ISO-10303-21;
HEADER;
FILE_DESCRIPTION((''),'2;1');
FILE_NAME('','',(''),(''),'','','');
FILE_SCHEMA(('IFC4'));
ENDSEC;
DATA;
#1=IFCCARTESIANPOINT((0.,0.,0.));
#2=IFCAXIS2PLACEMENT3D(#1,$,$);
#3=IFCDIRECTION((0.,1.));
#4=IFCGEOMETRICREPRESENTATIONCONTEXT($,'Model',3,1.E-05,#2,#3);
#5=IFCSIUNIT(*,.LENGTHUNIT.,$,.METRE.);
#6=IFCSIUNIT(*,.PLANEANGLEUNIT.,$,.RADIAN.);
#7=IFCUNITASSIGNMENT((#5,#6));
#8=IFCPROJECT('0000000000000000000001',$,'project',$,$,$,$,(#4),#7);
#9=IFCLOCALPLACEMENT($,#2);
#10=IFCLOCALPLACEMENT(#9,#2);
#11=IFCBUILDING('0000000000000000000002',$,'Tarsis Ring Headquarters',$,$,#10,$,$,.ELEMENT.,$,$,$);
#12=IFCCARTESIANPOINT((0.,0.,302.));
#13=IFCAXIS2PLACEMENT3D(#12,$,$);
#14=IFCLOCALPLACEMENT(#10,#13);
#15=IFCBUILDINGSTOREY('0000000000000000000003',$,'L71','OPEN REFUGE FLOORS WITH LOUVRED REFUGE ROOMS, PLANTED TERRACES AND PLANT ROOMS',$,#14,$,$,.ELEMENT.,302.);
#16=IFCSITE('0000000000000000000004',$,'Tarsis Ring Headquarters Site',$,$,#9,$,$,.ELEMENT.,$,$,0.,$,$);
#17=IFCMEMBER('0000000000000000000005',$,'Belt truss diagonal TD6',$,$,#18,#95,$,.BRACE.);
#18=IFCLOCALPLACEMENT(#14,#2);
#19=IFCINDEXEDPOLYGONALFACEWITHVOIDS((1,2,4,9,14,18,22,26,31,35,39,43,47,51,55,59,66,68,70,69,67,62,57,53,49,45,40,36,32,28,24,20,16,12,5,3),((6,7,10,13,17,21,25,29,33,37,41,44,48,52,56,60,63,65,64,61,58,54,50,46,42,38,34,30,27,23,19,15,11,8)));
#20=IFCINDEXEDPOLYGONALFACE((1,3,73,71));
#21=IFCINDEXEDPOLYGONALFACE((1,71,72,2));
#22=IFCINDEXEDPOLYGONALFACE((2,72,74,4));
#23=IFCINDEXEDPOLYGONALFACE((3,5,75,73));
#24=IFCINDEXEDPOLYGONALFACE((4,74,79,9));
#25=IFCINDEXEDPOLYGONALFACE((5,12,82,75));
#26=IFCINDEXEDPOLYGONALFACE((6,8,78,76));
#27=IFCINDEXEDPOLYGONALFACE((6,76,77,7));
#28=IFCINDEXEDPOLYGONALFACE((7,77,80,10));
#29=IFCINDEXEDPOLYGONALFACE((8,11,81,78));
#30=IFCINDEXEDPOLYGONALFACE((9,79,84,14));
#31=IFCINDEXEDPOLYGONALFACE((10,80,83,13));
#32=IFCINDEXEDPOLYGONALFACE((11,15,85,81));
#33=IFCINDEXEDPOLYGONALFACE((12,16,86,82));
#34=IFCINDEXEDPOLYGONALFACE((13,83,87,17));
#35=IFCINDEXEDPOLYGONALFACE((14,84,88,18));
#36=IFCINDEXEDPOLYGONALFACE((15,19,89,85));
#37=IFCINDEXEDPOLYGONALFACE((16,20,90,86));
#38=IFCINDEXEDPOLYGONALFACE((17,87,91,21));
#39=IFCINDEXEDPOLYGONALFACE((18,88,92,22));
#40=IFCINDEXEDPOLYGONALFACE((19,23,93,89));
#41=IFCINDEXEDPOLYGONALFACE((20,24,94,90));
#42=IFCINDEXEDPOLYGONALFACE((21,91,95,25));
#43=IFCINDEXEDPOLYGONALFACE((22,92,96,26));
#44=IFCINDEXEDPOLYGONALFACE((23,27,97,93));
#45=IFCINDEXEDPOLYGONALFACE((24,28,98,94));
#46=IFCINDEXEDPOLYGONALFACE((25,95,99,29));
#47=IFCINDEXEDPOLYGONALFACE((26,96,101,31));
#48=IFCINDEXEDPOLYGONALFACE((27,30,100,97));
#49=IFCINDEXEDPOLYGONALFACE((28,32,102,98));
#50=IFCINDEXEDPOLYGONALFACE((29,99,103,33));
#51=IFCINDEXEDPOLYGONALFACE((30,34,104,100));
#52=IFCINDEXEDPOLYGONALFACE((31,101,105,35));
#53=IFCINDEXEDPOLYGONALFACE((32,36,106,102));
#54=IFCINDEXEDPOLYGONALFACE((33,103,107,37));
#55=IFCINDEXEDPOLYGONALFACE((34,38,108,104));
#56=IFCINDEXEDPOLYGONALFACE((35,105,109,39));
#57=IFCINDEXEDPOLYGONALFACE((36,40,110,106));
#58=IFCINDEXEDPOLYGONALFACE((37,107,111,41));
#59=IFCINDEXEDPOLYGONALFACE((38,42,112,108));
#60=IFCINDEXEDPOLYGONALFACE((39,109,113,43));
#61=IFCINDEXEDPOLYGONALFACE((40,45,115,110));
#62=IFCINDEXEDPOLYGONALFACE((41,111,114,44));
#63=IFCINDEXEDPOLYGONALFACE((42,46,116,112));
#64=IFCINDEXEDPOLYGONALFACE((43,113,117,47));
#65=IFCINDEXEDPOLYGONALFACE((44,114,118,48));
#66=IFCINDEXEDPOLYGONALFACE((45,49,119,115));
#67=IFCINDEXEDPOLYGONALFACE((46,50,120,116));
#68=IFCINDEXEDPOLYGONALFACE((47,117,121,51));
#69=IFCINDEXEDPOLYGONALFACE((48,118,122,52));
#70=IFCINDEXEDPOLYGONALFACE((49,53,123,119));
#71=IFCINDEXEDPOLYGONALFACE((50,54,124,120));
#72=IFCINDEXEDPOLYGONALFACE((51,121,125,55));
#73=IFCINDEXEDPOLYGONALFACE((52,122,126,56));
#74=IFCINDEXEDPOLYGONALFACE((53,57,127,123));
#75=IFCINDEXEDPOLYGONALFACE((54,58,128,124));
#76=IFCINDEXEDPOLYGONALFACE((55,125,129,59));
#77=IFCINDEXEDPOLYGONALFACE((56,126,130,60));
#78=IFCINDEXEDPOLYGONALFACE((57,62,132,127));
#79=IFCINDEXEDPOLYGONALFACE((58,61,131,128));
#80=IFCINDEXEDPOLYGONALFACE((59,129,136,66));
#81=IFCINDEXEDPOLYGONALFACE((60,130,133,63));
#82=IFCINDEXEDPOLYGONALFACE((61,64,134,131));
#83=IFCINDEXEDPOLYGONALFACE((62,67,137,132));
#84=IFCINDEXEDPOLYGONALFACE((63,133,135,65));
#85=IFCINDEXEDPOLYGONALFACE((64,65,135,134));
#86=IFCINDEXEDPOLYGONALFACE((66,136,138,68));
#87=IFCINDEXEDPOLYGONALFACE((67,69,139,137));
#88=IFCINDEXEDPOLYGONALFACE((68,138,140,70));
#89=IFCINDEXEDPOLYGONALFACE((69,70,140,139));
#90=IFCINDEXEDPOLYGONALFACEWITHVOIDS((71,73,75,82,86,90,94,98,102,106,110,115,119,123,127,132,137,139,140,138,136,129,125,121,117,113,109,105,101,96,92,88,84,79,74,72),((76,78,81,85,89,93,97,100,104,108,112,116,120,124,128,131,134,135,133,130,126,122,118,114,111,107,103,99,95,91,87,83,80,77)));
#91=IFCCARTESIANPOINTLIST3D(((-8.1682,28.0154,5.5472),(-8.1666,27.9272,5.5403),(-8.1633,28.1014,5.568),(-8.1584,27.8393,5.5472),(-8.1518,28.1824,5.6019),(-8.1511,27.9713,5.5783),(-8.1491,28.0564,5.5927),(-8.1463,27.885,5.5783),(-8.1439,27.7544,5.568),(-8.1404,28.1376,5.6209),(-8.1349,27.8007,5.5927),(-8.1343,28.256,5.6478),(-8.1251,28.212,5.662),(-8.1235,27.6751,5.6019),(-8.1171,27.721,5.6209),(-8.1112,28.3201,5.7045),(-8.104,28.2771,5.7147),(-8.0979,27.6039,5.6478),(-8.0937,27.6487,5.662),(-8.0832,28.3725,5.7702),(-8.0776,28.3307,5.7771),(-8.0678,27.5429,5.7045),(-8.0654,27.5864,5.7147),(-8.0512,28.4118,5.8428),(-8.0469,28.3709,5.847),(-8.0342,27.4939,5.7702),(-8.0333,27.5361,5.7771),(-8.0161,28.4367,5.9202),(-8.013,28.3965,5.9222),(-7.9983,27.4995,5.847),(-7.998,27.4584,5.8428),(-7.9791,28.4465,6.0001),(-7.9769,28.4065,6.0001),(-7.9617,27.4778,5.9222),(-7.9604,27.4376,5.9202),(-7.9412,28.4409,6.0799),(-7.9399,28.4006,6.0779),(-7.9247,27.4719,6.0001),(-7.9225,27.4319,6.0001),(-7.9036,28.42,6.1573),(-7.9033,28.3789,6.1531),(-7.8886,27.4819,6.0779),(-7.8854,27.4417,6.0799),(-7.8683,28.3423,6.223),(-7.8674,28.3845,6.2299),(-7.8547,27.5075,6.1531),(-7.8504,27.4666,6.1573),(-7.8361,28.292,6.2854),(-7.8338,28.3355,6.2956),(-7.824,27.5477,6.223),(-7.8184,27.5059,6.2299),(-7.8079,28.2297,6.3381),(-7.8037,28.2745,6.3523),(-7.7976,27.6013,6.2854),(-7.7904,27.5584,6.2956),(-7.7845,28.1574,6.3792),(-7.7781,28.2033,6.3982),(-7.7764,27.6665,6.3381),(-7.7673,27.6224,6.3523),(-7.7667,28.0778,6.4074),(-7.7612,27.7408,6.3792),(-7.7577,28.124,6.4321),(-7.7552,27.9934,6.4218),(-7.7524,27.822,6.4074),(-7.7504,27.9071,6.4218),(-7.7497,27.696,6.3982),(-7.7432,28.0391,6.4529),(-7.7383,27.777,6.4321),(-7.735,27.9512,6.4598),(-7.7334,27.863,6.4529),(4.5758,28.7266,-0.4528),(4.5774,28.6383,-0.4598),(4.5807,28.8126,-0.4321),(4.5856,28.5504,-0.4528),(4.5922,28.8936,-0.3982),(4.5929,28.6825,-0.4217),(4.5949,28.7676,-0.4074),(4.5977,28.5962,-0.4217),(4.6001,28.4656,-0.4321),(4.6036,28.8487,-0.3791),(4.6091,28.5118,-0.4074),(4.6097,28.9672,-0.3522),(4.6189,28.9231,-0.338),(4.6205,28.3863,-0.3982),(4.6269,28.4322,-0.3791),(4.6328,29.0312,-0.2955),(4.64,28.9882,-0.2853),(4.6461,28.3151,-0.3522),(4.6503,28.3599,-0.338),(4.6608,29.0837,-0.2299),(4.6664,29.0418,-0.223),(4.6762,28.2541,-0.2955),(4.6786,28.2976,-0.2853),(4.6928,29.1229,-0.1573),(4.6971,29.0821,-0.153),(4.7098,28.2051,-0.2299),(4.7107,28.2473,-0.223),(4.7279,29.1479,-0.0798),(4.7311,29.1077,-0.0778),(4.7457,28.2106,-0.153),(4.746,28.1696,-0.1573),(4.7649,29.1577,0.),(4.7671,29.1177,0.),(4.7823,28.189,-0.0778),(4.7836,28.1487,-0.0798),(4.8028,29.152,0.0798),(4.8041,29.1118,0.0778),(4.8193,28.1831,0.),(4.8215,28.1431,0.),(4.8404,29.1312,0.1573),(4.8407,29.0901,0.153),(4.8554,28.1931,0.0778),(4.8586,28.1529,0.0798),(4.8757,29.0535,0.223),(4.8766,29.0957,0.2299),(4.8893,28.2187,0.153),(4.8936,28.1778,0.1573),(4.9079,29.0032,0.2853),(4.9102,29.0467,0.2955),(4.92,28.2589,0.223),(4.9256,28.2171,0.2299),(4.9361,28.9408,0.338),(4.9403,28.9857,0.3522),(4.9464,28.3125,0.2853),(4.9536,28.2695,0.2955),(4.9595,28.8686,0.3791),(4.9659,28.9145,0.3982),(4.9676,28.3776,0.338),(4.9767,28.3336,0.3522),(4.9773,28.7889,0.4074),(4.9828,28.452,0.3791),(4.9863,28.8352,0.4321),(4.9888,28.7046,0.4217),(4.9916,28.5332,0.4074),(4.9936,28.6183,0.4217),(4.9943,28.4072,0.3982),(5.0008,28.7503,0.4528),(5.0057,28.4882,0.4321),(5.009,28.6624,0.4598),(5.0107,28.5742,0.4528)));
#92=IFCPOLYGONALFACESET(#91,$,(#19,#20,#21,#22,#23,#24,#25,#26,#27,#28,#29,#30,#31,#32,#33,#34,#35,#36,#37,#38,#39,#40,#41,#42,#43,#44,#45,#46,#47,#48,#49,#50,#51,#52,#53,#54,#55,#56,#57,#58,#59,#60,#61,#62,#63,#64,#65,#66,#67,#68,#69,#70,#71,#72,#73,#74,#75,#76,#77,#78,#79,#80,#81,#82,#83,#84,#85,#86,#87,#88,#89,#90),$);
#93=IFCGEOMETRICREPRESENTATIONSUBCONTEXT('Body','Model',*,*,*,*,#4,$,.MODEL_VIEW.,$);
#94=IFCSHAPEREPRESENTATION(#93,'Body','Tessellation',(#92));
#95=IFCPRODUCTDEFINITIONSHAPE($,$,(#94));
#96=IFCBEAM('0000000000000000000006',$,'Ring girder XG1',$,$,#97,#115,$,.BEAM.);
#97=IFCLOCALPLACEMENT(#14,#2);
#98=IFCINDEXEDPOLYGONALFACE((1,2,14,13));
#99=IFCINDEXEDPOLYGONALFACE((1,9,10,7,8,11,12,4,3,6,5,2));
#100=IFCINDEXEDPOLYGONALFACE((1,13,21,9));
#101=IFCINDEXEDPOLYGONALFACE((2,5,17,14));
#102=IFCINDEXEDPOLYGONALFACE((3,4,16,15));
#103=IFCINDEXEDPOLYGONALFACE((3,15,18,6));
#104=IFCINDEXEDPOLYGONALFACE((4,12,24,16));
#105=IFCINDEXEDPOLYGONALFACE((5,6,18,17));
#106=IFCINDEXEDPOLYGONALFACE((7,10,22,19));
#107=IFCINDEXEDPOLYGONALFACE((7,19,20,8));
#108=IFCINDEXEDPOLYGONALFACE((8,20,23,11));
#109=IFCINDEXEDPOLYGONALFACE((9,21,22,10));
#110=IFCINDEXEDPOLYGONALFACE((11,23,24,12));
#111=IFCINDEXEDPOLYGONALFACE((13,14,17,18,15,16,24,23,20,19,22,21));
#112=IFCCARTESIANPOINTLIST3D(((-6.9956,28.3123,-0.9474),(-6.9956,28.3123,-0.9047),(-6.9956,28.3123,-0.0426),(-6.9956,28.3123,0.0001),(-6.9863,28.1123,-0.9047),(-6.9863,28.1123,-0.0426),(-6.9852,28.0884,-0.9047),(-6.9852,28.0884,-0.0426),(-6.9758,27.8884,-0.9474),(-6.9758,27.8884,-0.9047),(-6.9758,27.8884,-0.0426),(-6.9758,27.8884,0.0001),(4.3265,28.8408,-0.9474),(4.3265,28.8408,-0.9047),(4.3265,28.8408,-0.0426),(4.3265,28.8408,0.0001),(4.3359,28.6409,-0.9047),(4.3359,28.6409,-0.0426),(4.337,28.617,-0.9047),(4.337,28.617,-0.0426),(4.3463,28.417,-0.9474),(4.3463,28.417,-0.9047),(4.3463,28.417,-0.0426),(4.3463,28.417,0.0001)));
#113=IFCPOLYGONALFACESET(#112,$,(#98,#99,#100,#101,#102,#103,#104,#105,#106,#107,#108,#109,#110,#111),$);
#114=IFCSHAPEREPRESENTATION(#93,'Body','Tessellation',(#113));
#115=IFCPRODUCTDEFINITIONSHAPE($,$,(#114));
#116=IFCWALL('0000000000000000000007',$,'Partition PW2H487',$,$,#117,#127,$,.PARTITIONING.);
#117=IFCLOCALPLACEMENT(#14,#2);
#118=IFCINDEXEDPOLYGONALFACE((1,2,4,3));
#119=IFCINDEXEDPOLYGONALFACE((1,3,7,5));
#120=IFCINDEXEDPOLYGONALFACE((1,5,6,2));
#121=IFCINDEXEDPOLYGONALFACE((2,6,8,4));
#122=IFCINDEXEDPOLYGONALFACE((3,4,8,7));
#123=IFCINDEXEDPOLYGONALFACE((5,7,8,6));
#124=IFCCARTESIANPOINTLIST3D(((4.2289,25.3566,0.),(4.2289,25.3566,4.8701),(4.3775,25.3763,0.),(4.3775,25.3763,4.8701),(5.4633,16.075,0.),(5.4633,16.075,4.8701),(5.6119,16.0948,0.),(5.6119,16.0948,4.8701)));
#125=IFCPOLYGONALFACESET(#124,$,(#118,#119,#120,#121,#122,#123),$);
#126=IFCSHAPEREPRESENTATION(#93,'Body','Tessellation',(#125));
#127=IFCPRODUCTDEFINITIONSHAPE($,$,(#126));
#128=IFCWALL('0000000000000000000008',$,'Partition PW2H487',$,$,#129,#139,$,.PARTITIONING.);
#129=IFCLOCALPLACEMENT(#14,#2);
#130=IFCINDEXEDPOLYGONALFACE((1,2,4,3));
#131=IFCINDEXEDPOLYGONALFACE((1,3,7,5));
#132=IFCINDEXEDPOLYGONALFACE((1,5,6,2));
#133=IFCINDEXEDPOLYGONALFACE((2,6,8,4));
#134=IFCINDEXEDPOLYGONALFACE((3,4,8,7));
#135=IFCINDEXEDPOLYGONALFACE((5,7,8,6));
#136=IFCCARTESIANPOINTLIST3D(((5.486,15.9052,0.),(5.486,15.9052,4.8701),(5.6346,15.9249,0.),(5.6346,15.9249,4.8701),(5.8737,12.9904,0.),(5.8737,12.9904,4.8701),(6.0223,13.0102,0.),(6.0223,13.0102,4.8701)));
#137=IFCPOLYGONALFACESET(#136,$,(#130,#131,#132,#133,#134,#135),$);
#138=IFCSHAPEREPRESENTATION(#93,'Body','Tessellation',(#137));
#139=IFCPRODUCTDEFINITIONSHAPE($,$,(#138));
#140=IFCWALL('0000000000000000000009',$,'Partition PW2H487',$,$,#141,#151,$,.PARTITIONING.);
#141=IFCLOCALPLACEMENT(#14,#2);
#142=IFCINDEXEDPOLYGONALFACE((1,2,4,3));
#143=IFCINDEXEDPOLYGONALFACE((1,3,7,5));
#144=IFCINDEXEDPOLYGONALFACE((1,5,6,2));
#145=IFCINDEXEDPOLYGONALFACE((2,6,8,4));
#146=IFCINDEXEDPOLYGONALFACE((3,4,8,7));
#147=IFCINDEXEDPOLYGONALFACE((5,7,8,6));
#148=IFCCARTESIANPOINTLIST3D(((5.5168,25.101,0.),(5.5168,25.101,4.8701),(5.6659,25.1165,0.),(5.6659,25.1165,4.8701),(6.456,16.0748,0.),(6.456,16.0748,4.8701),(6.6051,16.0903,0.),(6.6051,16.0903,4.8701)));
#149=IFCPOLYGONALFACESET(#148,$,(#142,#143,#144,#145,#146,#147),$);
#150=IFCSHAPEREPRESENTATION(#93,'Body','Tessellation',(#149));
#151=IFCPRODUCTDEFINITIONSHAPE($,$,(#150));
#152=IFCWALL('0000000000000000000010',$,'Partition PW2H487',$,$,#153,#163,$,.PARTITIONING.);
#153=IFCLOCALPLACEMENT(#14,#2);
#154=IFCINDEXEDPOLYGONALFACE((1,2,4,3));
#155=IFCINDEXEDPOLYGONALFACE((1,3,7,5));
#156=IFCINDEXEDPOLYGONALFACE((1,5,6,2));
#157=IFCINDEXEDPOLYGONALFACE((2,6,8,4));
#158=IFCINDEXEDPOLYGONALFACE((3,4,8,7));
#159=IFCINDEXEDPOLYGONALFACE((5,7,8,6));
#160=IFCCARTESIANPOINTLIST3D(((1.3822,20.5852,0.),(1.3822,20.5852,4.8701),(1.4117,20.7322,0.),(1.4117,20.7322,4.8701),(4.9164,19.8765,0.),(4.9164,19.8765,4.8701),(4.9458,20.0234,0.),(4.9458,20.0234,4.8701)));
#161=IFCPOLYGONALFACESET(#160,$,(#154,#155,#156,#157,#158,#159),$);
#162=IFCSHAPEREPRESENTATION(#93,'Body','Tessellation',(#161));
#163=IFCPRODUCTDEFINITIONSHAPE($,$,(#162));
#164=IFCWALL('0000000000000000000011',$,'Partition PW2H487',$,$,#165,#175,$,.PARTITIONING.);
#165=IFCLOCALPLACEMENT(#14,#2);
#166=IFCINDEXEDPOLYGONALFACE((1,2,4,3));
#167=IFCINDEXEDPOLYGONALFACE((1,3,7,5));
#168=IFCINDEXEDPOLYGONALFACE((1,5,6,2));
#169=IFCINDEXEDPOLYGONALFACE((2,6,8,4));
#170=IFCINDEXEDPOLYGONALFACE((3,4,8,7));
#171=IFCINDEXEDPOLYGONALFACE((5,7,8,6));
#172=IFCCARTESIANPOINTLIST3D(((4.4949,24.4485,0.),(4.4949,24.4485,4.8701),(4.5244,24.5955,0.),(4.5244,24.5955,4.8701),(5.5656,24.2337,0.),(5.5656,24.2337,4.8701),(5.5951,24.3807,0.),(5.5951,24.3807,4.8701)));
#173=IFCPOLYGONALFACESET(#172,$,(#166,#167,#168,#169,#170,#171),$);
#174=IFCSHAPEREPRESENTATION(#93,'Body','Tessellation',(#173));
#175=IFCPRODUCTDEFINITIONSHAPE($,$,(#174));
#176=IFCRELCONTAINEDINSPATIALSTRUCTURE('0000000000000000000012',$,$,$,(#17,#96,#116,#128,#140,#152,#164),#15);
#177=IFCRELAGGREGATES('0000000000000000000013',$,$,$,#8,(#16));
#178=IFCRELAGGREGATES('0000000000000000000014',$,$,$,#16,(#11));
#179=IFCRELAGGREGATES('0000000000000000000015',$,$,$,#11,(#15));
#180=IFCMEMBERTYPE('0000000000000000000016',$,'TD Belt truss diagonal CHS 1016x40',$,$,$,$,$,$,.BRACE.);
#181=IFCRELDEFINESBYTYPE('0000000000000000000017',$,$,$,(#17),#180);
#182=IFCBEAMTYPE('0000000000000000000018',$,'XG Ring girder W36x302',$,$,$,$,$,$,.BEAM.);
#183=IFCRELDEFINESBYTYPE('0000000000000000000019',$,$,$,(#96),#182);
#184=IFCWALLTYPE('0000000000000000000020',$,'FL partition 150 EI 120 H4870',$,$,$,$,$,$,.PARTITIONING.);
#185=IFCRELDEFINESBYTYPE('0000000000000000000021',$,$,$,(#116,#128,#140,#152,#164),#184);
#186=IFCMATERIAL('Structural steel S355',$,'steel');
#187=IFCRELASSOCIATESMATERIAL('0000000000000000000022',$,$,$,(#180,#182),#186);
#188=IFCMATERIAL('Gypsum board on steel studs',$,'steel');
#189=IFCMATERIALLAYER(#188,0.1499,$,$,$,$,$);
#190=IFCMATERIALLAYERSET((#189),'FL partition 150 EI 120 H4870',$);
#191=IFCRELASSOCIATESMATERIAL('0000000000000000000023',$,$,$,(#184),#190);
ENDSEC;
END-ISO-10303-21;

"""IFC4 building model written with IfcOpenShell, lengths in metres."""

from ifc_helpers import new_model, si_unit, direction, frame, frame_2d, origin, origin_2d, place, context, subcontext, project, spatial, rectangle, hollow_circle, i_section, extrude, material, layer, layer_set, material_profile, profile_set, type_object, element, save


model = new_model("IFC4")

# Units and contexts
model_context = context("Model", 3, precision=1e-05, world=origin(), true_north=direction((0.0, 1.0)))
body_context = subcontext(model_context, "Body", "Model", "MODEL_VIEW")
ifc_project = project(units=[si_unit("LENGTHUNIT", "METRE"), si_unit("PLANEANGLEUNIT", "RADIAN")], contexts=[model_context])

# Site, building, storey
site_placement = place(None, origin())
site = spatial("IfcSite", under=ifc_project, at=site_placement, Name="Tarsis Ring Headquarters Site", CompositionType="ELEMENT", RefElevation=0.0)
building_placement = place(site_placement, origin())
building = spatial("IfcBuilding", under=site, at=building_placement, Name="Tarsis Ring Headquarters", CompositionType="ELEMENT")
storey_placement = place(building_placement, frame((0.0, 0.0, 302.0)))
storey = spatial("IfcBuildingStorey", under=building, at=storey_placement, Name="L71", Description="OPEN REFUGE FLOORS WITH LOUVRED REFUGE ROOMS, PLANTED TERRACES AND PLANT ROOMS", CompositionType="ELEMENT", Elevation=302.0)

# Shared definitions
ifc_material_1 = material(Name="Structural steel S355", Category="steel")
ifc_material_profile_1 = material_profile(ifc_material_1, hollow_circle(Radius=0.5081, WallThickness=0.04, at=origin_2d()), Name="CHS 1016x40")
ifc_profile_set_1 = profile_set([ifc_material_profile_1], Name="Structural steel S355")

# Member
member_type_1 = type_object("IfcMemberType", Name="TD Belt truss diagonal CHS 1016x40", PredefinedType="BRACE", material=ifc_profile_set_1)
member_1_placement = place(storey_placement, frame((4.7932, 28.6504, 0.0), z_axis=(-0.903589, -0.050425, 0.425422), x_axis=(0.055719, -0.998446, 0.0)))
element("IfcMember", 1, at=member_1_placement, inside=storey, type_object=member_type_1, Name="Belt truss diagonal TD6", PredefinedType="BRACE", context=body_context, shape_type="SweptSolid", body=[
    extrude(hollow_circle(Radius=0.5081, WallThickness=0.04, at=origin_2d()), origin(), (0.0, 0.0, 1.0), 14.1038),
])

# Beam
ifc_material_profile_2 = material_profile(ifc_material_1, i_section(OverallWidth=0.4243, OverallDepth=0.9475, WebThickness=0.0239, FlangeThickness=0.0427, at=origin_2d()), Name="W36x302")
ifc_profile_set_2 = profile_set([ifc_material_profile_2], Name="Structural steel S355")
beam_type_1 = type_object("IfcBeamType", Name="XG Ring girder W36x302", PredefinedType="BEAM", material=ifc_profile_set_2)
beam_1_placement = place(storey_placement, frame((4.3364, 28.6289, -0.4736), z_axis=(-0.998912, -0.046634, 0.0), x_axis=(0.046634, -0.998912, 0.0)))
element("IfcBeam", 2, at=beam_1_placement, inside=storey, type_object=beam_type_1, Name="Ring girder XG1", PredefinedType="BEAM", context=body_context, shape_type="SweptSolid", body=[
    extrude(i_section(OverallWidth=0.4243, OverallDepth=0.9475, WebThickness=0.0239, FlangeThickness=0.0427, at=origin_2d()), origin(), (0.0, 0.0, 1.0), 11.3345),
])

# Walls
ifc_material_2 = material(Name="Gypsum board on steel studs", Category="steel")
ifc_layer = layer(ifc_material_2, 0.1499)
ifc_layer_set = layer_set([ifc_layer], Name="FL partition 150 EI 120 H4870")
wall_type = type_object("IfcWallType", Name="FL partition 150 EI 120 H4870", PredefinedType="PARTITIONING", material=ifc_layer_set)
wall_1_placement = place(storey_placement, frame((4.3032, 25.3665, 0.0), z_axis=(0.0, 0.0, 1.0), x_axis=(0.131832, -0.991272, 0.0)))
element("IfcWall", 3, at=wall_1_placement, inside=storey, type_object=wall_type, Name="Partition PW2H487", PredefinedType="PARTITIONING", context=body_context, shape_type="SweptSolid", body=[
    extrude(rectangle(XDim=9.3633, YDim=0.1499, at=frame_2d((4.6816, 0.0))), origin(), (0.0, 0.0, 1.0), 4.8701),
])
wall_2_placement = place(storey_placement, frame((5.5603, 15.915, 0.0), z_axis=(0.0, 0.0, 1.0), x_axis=(0.131848, -0.99127, 0.0)))
element("IfcWall", 4, at=wall_2_placement, inside=storey, type_object=wall_type, Name="Partition PW2H487", PredefinedType="PARTITIONING", context=body_context, shape_type="SweptSolid", body=[
    extrude(rectangle(XDim=2.9404, YDim=0.1499, at=frame_2d((1.4702, 0.0))), origin(), (0.0, 0.0, 1.0), 4.8701),
])
wall_3_placement = place(storey_placement, frame((5.5913, 25.1089, 0.0), z_axis=(0.0, 0.0, 1.0), x_axis=(0.103496, -0.99463, 0.0)))
element("IfcWall", 5, at=wall_3_placement, inside=storey, type_object=wall_type, Name="Partition PW2H487", PredefinedType="PARTITIONING", context=body_context, shape_type="SweptSolid", body=[
    extrude(rectangle(XDim=9.075, YDim=0.1499, at=frame_2d((4.5376, 0.0))), origin(), (0.0, 0.0, 1.0), 4.8701),
])
wall_4_placement = place(storey_placement, frame((1.397, 20.6587, 0.0), z_axis=(0.0, 0.0, 1.0), x_axis=(0.980479, -0.196624, 0.0)))
element("IfcWall", 6, at=wall_4_placement, inside=storey, type_object=wall_type, Name="Partition PW2H487", PredefinedType="PARTITIONING", context=body_context, shape_type="SweptSolid", body=[
    extrude(rectangle(XDim=3.6045, YDim=0.1499, at=frame_2d((1.8022, 0.0))), origin(), (0.0, 0.0, 1.0), 4.8701),
])
wall_5_placement = place(storey_placement, frame((4.5098, 24.522, 0.0), z_axis=(0.0, 0.0, 1.0), x_axis=(0.98046, -0.196718, 0.0)))
element("IfcWall", 7, at=wall_5_placement, inside=storey, type_object=wall_type, Name="Partition PW2H487", PredefinedType="PARTITIONING", context=body_context, shape_type="SweptSolid", body=[
    extrude(rectangle(XDim=1.092, YDim=0.1499, at=frame_2d((0.5459, 0.0))), origin(), (0.0, 0.0, 1.0), 4.8701),
])

save(model, "model.ifc")
